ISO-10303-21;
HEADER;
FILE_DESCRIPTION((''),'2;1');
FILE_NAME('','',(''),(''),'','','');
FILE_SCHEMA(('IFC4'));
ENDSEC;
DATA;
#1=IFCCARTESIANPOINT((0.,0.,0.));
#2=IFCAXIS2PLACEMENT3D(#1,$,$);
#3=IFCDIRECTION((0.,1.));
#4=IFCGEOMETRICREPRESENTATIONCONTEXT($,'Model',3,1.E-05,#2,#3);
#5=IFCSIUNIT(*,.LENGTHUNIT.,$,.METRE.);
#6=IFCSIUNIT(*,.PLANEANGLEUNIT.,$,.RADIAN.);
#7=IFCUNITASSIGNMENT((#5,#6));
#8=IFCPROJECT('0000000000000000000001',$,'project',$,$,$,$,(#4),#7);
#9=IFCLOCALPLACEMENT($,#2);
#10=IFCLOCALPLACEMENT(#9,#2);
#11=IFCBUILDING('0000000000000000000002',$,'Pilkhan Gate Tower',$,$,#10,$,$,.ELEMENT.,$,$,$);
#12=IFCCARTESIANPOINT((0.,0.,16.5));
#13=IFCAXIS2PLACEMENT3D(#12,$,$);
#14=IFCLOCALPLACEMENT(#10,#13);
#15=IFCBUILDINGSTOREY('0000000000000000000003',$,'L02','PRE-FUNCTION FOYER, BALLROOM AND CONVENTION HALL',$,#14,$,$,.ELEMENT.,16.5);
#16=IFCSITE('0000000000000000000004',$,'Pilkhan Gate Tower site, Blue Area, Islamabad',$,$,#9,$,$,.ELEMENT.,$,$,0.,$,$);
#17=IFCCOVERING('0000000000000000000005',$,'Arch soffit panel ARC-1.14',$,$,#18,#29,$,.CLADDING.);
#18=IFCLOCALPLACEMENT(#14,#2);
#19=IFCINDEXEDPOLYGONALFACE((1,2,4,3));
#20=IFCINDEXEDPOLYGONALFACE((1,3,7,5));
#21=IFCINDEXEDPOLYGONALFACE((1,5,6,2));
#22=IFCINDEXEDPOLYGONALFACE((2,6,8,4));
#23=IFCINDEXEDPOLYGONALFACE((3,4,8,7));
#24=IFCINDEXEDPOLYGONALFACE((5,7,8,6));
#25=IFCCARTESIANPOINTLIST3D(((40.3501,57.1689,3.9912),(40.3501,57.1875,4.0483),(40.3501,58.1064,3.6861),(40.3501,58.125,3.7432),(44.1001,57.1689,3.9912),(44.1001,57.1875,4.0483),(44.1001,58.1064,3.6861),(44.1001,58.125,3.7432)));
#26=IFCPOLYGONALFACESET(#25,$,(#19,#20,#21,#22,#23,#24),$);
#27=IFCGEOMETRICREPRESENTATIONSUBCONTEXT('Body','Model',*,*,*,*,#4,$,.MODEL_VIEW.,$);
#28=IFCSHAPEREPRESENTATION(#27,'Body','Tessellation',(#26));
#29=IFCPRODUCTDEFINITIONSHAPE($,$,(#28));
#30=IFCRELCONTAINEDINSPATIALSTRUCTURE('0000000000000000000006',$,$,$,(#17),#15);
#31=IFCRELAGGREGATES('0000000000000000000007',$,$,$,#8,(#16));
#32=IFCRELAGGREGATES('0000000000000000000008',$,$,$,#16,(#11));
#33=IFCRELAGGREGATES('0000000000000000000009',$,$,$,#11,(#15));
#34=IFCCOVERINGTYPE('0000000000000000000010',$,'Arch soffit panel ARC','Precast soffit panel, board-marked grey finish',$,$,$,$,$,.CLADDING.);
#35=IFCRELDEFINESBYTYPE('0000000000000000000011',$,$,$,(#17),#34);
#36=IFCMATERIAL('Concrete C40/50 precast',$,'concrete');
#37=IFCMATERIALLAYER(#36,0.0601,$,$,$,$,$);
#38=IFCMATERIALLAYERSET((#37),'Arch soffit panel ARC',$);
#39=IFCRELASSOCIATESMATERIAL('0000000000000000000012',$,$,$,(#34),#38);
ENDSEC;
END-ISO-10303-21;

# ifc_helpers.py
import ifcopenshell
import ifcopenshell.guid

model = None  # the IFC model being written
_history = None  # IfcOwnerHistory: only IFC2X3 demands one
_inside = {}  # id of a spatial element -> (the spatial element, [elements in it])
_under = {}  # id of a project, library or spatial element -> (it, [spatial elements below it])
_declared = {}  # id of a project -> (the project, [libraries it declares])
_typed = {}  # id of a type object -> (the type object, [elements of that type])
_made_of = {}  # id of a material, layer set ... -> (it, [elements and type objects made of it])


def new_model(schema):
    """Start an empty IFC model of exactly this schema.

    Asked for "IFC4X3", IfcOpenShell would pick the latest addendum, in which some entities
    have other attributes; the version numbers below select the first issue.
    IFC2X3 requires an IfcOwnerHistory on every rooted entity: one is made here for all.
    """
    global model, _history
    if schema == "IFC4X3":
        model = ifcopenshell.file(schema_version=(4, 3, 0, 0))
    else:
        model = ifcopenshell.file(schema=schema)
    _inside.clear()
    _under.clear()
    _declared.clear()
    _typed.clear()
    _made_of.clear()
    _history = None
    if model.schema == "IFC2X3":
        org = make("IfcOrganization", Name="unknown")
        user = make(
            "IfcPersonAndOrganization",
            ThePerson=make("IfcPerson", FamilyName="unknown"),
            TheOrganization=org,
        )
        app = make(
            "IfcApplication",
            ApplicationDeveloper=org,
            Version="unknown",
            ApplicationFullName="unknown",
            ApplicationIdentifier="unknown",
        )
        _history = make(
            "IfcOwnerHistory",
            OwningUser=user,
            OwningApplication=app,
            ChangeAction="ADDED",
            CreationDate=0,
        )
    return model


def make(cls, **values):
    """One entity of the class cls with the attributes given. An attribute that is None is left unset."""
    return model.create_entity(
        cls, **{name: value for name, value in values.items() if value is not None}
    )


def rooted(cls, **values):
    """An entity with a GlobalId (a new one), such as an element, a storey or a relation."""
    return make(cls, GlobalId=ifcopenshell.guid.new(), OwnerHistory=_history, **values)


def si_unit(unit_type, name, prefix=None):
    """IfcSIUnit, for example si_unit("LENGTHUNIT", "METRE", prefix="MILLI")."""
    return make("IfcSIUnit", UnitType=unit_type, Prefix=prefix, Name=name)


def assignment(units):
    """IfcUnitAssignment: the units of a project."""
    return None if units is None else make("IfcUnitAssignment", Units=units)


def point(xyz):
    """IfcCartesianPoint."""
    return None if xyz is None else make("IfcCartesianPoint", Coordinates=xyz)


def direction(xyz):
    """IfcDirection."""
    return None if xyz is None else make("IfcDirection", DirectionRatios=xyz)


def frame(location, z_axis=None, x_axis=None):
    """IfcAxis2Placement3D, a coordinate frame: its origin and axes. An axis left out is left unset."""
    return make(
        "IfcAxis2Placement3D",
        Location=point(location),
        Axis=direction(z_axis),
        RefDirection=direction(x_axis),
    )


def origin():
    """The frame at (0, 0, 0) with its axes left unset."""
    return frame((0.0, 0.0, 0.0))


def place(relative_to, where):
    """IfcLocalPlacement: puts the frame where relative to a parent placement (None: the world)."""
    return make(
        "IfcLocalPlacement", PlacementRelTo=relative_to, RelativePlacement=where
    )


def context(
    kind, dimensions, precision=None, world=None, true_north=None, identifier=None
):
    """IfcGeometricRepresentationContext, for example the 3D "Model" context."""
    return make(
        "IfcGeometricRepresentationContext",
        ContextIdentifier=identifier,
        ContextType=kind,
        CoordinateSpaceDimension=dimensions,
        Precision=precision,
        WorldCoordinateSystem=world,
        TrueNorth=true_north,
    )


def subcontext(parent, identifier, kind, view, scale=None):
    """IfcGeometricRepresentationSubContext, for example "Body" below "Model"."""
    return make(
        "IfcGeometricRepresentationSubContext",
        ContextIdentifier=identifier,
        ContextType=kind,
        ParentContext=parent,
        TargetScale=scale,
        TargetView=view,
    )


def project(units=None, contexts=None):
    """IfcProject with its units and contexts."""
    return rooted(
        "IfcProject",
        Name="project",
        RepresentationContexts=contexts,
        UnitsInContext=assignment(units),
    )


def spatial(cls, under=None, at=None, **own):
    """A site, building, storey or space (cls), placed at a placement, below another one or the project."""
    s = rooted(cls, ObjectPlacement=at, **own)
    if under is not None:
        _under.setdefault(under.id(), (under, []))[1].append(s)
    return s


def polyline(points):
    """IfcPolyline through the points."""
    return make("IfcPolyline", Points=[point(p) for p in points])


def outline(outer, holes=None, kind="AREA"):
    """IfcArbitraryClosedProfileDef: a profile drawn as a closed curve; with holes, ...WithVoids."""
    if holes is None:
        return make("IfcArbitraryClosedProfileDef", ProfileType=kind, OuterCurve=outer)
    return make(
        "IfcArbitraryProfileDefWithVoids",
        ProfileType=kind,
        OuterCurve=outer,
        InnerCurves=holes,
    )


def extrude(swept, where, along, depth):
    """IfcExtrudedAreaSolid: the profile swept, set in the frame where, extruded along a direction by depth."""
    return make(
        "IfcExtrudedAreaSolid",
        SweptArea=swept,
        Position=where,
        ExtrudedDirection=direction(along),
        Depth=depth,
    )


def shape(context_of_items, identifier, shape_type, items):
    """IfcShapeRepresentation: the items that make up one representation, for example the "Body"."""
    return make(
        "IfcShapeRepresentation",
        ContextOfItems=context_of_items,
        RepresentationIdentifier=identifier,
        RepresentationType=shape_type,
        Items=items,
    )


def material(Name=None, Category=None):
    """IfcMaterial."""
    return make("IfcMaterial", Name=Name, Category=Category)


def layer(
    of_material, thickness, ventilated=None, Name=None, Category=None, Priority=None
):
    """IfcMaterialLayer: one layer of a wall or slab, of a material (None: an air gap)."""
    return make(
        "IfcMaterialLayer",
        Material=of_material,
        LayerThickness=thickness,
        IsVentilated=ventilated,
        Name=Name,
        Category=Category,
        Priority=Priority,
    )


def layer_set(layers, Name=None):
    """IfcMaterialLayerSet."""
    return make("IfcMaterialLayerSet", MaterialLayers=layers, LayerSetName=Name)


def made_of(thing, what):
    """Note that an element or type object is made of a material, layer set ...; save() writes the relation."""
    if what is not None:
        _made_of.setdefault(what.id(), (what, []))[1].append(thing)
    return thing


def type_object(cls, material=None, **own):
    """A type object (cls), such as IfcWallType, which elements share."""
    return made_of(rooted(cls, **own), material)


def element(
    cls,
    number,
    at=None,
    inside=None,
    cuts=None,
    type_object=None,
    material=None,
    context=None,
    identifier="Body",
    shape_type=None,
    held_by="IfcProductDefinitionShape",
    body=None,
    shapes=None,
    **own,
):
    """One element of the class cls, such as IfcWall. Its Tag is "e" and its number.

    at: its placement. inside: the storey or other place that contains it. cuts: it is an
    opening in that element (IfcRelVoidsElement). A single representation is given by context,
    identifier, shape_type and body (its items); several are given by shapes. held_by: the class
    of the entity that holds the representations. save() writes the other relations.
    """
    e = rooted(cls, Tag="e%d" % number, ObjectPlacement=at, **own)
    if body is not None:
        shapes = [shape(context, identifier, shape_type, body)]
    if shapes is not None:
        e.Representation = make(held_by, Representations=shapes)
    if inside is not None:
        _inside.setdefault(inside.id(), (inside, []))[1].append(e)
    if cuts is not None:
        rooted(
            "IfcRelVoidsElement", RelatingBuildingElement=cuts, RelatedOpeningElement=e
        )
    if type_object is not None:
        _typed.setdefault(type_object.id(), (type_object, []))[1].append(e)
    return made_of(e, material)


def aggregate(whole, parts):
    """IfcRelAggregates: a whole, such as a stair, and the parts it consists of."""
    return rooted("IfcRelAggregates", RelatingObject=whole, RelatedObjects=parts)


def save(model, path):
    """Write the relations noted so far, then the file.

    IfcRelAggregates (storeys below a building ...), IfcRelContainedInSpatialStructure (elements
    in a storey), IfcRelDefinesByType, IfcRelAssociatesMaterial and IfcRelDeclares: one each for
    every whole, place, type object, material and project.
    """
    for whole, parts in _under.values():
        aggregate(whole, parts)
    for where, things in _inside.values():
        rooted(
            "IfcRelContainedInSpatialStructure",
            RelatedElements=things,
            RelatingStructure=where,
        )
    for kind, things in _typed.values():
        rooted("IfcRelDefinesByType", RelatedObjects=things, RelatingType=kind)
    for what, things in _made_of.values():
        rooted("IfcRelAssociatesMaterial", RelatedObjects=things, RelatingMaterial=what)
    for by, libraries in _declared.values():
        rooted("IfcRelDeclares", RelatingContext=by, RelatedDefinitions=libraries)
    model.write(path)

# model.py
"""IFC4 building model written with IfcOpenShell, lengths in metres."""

from ifc_helpers import new_model, si_unit, direction, frame, origin, place, context, subcontext, project, spatial, polyline, outline, extrude, material, layer, layer_set, type_object, element, save


model = new_model("IFC4")

# Units and contexts
model_context = context("Model", 3, precision=1e-05, world=origin(), true_north=direction((0.0, 1.0)))
body_context = subcontext(model_context, "Body", "Model", "MODEL_VIEW")
ifc_project = project(units=[si_unit("LENGTHUNIT", "METRE"), si_unit("PLANEANGLEUNIT", "RADIAN")], contexts=[model_context])

# Site, building, storey
site_placement = place(None, origin())
site = spatial("IfcSite", under=ifc_project, at=site_placement, Name="Pilkhan Gate Tower site, Blue Area, Islamabad", CompositionType="ELEMENT", RefElevation=0.0)
building_placement = place(site_placement, origin())
building = spatial("IfcBuilding", under=site, at=building_placement, Name="Pilkhan Gate Tower", CompositionType="ELEMENT")
storey_placement = place(building_placement, frame((0.0, 0.0, 16.5)))
storey = spatial("IfcBuildingStorey", under=building, at=storey_placement, Name="L02", Description="PRE-FUNCTION FOYER, BALLROOM AND CONVENTION HALL", CompositionType="ELEMENT", Elevation=16.5)

# Shared definitions
ifc_material_1 = material(Name="Concrete C40/50 precast", Category="concrete")

# Covering
ifc_layer_1 = layer(ifc_material_1, 0.0601)
ifc_layer_set_1 = layer_set([ifc_layer_1], Name="Arch soffit panel ARC")
covering_type = type_object("IfcCoveringType", Name="Arch soffit panel ARC", Description="Precast soffit panel, board-marked grey finish", PredefinedType="CLADDING", material=ifc_layer_set_1)
covering_1_placement = place(storey_placement, frame((40.3501, 57.1875, 4.0483), z_axis=(0.0, 0.309534, 0.950888), x_axis=(1.0, 0.0, 0.0)))
element("IfcCovering", 1, at=covering_1_placement, inside=storey, type_object=covering_type, Name="Arch soffit panel ARC-1.14", PredefinedType="CLADDING", context=body_context, shape_type="SweptSolid", body=[
    extrude(outline(polyline([(0.0, 0.0), (3.75, 0.0), (3.75, 0.9859), (0.0, 0.9859), (0.0, 0.0)])), origin(), (0.0, 0.0, -1.0), 0.0601),
])

save(model, "model.ifc")
